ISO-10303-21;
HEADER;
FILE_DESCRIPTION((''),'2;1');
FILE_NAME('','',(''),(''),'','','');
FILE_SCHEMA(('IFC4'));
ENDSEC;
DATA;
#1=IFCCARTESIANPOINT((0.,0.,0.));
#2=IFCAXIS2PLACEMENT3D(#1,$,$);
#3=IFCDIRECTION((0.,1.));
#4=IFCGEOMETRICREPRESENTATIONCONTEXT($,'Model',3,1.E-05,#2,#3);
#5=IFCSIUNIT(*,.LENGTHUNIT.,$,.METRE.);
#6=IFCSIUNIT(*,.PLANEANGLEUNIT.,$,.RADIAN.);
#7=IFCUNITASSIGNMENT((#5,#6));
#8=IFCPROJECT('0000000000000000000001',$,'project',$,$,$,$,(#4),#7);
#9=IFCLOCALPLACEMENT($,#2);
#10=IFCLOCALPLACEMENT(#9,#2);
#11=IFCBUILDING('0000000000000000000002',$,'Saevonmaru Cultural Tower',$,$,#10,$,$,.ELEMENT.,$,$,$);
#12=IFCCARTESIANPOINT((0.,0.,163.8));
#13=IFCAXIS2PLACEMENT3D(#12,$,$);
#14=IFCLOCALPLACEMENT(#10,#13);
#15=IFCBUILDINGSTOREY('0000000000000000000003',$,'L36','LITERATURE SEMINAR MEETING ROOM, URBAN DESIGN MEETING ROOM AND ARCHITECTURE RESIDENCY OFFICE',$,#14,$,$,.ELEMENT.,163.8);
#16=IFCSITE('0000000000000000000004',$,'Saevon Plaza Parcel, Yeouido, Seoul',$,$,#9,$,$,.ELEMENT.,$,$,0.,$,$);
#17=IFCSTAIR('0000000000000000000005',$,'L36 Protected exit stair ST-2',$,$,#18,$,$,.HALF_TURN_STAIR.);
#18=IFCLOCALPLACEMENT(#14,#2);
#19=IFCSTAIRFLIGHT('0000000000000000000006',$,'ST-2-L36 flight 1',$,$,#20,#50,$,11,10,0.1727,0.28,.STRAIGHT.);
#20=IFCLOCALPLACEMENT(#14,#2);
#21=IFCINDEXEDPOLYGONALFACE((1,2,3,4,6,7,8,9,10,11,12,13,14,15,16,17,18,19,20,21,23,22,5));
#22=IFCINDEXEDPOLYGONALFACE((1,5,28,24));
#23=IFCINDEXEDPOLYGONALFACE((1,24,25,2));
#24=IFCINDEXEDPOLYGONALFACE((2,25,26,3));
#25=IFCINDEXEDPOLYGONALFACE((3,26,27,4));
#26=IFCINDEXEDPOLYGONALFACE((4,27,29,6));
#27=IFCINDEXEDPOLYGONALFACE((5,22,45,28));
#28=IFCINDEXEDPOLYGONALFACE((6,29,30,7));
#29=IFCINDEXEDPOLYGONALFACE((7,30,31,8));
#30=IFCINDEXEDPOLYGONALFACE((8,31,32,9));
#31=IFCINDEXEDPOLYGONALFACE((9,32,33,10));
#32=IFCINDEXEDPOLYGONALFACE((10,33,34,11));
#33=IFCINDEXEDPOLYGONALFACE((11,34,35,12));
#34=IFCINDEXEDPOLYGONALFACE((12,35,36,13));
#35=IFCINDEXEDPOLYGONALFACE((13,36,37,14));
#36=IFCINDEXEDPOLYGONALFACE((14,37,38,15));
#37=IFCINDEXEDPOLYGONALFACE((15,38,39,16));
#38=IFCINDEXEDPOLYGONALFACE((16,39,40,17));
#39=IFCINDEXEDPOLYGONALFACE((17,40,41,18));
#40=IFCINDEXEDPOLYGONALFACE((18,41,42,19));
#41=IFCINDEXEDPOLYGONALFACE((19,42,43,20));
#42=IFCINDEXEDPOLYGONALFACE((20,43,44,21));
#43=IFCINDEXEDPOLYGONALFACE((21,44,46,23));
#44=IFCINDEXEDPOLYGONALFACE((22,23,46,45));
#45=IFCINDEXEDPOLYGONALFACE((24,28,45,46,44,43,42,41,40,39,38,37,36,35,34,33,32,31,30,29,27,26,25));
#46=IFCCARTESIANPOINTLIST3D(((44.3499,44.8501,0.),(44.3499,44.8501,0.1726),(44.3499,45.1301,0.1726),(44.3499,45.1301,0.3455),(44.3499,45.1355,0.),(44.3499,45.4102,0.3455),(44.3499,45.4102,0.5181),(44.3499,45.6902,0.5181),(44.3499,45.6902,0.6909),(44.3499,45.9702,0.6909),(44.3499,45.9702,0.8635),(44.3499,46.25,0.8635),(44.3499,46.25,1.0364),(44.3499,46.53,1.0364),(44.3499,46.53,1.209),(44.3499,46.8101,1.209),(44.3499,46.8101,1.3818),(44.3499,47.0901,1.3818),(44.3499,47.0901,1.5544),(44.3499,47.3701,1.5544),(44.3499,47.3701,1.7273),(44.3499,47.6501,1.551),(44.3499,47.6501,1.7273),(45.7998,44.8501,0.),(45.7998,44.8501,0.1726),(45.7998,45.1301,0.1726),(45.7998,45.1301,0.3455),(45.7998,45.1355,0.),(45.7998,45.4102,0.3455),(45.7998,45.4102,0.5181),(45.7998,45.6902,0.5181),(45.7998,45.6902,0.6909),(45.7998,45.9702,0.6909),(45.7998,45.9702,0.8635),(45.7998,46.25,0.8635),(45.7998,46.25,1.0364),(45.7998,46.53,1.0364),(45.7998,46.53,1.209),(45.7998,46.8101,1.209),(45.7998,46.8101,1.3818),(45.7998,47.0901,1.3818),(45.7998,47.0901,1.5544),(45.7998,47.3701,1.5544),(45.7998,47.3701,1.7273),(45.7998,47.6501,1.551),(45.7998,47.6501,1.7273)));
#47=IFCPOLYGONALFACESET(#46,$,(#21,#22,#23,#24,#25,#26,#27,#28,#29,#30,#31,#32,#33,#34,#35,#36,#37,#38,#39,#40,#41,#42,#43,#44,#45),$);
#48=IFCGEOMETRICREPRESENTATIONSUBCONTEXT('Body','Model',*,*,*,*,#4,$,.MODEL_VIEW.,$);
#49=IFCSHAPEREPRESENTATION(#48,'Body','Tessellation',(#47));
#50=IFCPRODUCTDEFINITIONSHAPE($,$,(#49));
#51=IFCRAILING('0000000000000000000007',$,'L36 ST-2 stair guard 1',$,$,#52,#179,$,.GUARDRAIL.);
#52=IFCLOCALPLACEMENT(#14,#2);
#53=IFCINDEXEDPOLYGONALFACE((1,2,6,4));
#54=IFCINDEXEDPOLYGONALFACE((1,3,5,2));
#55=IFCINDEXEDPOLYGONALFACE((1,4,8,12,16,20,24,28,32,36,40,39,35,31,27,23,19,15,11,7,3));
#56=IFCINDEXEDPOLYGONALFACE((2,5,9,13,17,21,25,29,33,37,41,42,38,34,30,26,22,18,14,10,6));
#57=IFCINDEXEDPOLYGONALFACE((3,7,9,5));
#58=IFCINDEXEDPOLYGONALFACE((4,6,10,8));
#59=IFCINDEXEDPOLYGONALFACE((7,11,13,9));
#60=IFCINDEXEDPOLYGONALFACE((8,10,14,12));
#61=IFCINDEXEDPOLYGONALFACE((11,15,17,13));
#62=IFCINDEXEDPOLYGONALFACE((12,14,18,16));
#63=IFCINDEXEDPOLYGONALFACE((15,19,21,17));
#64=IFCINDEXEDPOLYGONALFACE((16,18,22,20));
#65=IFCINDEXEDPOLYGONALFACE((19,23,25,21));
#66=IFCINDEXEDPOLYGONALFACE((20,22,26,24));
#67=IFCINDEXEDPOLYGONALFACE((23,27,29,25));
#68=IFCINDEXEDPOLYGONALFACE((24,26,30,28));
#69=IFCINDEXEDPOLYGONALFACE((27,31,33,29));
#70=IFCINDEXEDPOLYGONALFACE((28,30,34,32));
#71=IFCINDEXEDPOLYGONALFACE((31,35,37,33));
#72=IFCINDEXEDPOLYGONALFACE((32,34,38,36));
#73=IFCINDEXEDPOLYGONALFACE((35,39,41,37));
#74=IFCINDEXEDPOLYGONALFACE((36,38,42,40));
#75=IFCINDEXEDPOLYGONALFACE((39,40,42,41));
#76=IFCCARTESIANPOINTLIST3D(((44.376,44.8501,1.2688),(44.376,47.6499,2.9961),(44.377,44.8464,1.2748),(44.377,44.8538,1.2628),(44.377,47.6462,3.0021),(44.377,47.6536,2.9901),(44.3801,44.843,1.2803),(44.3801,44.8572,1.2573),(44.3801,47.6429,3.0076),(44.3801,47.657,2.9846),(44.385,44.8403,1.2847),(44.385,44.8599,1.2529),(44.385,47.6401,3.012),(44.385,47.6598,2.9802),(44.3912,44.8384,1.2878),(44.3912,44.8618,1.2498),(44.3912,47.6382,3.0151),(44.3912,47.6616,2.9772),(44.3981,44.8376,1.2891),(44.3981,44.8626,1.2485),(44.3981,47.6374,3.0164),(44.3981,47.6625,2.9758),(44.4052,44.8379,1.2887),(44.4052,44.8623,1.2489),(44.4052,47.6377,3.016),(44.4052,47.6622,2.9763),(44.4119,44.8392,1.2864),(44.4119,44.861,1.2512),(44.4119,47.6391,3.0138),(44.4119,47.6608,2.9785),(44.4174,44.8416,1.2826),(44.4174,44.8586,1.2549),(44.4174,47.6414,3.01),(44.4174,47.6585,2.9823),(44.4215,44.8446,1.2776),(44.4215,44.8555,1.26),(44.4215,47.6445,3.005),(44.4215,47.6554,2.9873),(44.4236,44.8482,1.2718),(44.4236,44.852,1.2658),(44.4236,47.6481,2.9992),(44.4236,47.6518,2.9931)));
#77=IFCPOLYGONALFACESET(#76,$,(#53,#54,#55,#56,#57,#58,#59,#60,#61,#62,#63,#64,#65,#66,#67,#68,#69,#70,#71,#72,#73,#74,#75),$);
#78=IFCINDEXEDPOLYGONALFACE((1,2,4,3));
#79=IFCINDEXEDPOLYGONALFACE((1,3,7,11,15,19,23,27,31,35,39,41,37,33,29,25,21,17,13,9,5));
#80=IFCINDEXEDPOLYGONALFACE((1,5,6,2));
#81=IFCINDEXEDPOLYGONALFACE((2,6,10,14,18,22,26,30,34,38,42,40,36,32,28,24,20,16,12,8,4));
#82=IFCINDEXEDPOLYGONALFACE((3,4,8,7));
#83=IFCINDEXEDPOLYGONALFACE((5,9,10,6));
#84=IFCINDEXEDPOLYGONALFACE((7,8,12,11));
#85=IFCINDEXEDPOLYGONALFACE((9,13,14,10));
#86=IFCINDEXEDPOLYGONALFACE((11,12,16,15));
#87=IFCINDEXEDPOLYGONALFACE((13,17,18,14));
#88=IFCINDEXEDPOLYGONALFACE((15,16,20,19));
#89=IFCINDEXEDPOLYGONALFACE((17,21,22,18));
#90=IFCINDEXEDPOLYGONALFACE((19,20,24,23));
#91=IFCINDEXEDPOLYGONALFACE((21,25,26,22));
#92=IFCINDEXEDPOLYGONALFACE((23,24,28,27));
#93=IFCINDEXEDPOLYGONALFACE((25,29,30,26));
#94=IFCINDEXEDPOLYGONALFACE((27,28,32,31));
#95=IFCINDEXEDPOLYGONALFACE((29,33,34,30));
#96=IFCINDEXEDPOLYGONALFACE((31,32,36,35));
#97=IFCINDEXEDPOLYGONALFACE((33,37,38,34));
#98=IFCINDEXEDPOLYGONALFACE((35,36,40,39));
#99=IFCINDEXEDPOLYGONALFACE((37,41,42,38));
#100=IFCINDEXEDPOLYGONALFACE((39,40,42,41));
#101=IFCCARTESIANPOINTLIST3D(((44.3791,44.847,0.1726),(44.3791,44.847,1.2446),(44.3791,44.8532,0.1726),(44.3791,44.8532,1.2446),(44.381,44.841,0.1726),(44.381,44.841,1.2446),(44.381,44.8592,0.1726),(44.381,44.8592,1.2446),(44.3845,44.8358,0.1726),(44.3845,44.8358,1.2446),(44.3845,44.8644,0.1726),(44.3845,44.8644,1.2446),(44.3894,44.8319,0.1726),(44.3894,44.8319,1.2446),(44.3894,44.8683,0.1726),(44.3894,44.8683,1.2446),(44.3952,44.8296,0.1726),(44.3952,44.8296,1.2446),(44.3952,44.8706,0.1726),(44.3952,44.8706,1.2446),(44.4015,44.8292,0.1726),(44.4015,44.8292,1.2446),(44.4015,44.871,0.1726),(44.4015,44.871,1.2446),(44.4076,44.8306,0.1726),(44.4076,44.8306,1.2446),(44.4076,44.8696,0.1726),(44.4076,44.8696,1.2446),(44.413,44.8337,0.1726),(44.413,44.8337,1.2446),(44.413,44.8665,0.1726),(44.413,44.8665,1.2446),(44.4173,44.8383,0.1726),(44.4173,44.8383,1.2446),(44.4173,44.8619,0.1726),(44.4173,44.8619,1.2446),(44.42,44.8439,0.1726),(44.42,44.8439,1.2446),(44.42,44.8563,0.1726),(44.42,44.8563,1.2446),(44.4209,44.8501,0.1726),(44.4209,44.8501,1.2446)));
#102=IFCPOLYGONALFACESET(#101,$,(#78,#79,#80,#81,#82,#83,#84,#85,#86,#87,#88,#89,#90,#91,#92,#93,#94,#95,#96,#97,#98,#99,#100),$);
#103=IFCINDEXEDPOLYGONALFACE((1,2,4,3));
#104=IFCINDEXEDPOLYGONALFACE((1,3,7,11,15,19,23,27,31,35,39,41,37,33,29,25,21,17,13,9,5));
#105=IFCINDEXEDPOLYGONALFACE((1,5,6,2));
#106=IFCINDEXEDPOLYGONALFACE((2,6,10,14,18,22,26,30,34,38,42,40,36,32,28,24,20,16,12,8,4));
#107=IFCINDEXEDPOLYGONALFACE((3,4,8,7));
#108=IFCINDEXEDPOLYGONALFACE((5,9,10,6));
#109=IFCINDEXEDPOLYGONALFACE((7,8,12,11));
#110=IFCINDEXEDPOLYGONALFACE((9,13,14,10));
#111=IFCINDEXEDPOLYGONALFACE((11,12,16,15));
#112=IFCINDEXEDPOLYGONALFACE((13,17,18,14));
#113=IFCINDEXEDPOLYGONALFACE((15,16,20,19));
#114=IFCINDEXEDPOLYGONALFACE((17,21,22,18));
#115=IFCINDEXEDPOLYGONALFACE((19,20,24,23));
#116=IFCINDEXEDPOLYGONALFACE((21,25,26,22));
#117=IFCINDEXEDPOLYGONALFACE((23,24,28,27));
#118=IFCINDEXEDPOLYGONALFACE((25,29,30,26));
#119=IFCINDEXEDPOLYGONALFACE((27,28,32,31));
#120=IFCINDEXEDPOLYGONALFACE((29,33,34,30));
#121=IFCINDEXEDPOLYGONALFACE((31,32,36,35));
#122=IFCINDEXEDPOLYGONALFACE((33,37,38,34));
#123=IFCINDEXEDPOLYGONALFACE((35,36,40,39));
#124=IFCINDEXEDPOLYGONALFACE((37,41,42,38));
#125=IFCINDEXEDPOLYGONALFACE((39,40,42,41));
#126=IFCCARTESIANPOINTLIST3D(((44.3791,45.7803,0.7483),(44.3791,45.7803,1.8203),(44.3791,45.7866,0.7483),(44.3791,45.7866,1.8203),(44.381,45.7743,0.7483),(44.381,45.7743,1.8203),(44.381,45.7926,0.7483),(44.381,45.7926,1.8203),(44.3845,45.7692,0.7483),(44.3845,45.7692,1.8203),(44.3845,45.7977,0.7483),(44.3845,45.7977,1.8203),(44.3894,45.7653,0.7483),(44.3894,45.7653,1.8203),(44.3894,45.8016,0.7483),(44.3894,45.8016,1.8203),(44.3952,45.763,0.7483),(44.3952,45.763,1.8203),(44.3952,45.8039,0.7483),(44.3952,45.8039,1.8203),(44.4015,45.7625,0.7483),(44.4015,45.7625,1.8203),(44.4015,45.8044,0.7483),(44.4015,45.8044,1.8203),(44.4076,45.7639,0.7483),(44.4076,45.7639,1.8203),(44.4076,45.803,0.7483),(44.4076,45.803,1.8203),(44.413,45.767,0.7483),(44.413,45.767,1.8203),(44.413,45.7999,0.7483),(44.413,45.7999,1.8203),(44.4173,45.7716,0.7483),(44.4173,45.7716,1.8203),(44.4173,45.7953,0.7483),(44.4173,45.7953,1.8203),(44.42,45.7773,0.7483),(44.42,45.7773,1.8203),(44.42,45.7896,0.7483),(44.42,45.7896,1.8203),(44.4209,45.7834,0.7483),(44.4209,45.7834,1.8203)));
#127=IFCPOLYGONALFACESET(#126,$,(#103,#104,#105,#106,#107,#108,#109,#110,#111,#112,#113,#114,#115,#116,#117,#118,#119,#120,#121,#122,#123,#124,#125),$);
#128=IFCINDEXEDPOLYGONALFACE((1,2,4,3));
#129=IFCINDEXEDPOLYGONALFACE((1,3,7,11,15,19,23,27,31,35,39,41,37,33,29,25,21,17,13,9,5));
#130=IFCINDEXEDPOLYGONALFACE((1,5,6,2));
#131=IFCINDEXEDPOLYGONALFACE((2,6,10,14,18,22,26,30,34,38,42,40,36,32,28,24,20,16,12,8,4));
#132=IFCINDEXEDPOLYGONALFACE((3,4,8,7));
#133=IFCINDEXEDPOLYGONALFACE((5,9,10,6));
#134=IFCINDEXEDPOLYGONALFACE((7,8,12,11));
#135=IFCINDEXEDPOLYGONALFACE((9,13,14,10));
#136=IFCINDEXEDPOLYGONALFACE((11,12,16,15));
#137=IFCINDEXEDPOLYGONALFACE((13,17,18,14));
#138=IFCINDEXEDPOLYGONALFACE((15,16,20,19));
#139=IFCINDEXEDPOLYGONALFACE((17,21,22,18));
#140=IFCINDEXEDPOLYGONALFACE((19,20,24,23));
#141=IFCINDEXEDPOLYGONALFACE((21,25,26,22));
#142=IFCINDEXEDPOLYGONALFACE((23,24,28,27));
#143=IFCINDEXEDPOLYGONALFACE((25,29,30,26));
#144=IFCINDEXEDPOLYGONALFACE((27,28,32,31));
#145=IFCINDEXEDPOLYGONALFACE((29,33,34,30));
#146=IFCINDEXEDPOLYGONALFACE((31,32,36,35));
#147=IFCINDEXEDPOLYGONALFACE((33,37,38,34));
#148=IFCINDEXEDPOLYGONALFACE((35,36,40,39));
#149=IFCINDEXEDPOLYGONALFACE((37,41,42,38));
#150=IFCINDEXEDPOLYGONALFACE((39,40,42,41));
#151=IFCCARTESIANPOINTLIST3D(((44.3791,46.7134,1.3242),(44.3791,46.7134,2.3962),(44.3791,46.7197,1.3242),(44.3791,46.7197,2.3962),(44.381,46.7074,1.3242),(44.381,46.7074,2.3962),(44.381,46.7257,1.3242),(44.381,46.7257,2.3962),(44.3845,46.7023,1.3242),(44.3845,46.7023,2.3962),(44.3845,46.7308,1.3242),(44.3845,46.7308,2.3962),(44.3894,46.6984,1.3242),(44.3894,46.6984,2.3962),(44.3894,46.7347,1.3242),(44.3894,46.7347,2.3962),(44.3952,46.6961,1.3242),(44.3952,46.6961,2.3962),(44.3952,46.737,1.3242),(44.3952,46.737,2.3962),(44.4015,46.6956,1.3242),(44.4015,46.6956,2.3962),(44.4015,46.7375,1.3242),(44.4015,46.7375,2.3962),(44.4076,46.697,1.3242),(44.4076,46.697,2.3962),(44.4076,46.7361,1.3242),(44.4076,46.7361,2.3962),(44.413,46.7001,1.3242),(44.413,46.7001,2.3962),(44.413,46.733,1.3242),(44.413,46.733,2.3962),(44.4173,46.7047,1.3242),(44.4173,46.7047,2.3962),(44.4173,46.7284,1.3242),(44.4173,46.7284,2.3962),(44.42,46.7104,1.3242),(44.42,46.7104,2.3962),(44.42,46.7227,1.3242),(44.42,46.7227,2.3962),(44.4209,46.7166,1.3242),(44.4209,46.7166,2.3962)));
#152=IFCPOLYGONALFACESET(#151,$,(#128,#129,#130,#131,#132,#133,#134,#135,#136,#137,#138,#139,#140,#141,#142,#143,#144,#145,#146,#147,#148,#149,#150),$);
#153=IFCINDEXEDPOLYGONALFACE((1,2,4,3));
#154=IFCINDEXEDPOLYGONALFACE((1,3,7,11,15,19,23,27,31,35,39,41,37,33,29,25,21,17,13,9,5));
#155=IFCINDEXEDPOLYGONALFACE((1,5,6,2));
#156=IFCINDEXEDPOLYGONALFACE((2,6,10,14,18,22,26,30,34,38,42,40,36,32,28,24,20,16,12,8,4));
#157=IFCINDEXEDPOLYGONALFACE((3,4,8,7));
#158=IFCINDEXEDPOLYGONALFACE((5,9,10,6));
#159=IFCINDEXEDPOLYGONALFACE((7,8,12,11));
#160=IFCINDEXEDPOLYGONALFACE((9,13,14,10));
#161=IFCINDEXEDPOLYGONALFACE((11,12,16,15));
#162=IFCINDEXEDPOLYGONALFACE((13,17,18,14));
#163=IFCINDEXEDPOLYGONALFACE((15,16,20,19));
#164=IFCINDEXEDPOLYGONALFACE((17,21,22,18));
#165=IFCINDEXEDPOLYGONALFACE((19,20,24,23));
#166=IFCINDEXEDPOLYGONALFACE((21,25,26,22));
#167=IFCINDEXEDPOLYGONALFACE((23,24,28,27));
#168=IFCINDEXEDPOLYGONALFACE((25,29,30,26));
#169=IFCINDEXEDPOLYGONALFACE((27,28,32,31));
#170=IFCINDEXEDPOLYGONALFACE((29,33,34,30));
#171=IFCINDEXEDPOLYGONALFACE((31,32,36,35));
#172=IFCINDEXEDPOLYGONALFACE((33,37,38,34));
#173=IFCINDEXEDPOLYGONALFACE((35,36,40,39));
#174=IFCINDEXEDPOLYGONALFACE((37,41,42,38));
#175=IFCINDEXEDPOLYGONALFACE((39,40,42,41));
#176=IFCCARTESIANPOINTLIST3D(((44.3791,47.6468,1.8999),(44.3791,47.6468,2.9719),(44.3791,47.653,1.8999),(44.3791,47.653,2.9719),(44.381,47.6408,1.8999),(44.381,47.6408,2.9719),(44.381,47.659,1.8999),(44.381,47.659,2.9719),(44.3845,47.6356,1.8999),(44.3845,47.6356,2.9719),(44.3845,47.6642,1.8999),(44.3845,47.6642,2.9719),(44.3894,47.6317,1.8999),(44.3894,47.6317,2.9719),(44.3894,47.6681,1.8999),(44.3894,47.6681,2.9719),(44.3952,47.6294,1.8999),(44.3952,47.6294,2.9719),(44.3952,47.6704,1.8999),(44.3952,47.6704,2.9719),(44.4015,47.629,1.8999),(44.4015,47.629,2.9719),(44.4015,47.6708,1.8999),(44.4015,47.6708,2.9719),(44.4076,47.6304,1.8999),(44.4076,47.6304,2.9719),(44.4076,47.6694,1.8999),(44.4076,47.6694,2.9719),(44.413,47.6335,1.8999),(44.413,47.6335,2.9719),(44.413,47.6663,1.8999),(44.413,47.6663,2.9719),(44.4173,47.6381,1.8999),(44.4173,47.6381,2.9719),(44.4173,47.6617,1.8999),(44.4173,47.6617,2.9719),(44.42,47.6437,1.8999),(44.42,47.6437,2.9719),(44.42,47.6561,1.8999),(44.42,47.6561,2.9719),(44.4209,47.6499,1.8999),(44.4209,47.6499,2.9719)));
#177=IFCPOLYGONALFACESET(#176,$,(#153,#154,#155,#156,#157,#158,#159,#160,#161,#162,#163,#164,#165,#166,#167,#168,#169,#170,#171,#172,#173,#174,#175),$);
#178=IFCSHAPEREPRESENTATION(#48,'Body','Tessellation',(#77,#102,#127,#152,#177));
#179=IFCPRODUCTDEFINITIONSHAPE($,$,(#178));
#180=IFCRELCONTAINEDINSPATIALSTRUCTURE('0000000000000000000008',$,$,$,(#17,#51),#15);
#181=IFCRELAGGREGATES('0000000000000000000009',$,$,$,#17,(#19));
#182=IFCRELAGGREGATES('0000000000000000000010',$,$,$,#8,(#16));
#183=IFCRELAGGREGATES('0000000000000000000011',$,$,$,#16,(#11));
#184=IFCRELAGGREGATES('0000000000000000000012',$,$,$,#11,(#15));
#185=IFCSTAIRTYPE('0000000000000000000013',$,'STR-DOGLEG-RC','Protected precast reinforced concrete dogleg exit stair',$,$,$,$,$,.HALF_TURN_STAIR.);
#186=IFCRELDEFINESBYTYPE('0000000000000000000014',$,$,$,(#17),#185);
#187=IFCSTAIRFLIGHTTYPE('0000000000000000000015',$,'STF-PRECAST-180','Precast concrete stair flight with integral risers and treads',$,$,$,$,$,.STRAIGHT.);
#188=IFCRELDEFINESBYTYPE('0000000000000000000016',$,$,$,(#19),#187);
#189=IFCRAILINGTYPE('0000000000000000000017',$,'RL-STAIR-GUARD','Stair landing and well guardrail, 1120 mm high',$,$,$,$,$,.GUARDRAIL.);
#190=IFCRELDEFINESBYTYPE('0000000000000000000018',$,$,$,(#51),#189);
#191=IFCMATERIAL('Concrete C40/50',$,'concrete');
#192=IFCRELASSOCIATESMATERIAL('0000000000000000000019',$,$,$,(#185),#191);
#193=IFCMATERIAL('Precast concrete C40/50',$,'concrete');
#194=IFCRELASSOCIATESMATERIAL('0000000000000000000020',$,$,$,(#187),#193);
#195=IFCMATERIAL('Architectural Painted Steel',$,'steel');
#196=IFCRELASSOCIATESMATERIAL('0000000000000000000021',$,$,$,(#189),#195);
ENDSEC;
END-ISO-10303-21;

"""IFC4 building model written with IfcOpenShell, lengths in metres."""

from ifc_helpers import new_model, si_unit, direction, frame, origin, origin_2d, place, context, subcontext, project, spatial, polyline, circle, outline, extrude, material, type_object, element, aggregate, save


model = new_model("IFC4")

# Units and contexts
model_context = context("Model", 3, precision=1e-05, world=origin(), true_north=direction((0.0, 1.0)))
body_context = subcontext(model_context, "Body", "Model", "MODEL_VIEW")
ifc_project = project(units=[si_unit("LENGTHUNIT", "METRE"), si_unit("PLANEANGLEUNIT", "RADIAN")], contexts=[model_context])

# Site, building, storey
site_placement = place(None, origin())
site = spatial("IfcSite", under=ifc_project, at=site_placement, Name="Saevon Plaza Parcel, Yeouido, Seoul", CompositionType="ELEMENT", RefElevation=0.0)
building_placement = place(site_placement, origin())
building = spatial("IfcBuilding", under=site, at=building_placement, Name="Saevonmaru Cultural Tower", CompositionType="ELEMENT")
storey_placement = place(building_placement, frame((0.0, 0.0, 163.8)))
storey = spatial("IfcBuildingStorey", under=building, at=storey_placement, Name="L36", Description="LITERATURE SEMINAR MEETING ROOM, URBAN DESIGN MEETING ROOM AND ARCHITECTURE RESIDENCY OFFICE", CompositionType="ELEMENT", Elevation=163.8)

# Stair, stair flight
ifc_material_1 = material(Name="Concrete C40/50", Category="concrete")
stair_type = type_object("IfcStairType", Name="STR-DOGLEG-RC", Description="Protected precast reinforced concrete dogleg exit stair", PredefinedType="HALF_TURN_STAIR", material=ifc_material_1)
stair_placement = place(storey_placement, origin())
stair = element("IfcStair", 1, at=stair_placement, inside=storey, type_object=stair_type, Name="L36 Protected exit stair ST-2", PredefinedType="HALF_TURN_STAIR")
ifc_material_2 = material(Name="Precast concrete C40/50", Category="concrete")
stair_flight_type = type_object("IfcStairFlightType", Name="STF-PRECAST-180", Description="Precast concrete stair flight with integral risers and treads", PredefinedType="STRAIGHT", material=ifc_material_2)
stair_flight_placement = place(storey_placement, frame((45.075, 44.8501, 0.0), z_axis=(0.0, 0.0, 1.0), x_axis=(0.0, 1.0, 0.0)))
stair_flight = element("IfcStairFlight", 2, at=stair_flight_placement, type_object=stair_flight_type, Name="ST-2-L36 flight 1", NumberOfRisers=11, NumberOfTreads=10, PredefinedType="STRAIGHT", RiserHeight=0.1727, TreadLength=0.28, context=body_context, shape_type="SweptSolid", body=[
    extrude(outline(polyline([(0.0, 0.0), (0.0, 0.1726), (0.28, 0.1726), (0.28, 0.3455), (0.5601, 0.3455), (0.5601, 0.5181), (0.8401, 0.5181), (0.8401, 0.6909), (1.1201, 0.6909), (1.1201, 0.8635), (1.3999, 0.8635), (1.3999, 1.0364), (1.6799, 1.0364), (1.6799, 1.209), (1.96, 1.209), (1.96, 1.3818), (2.24, 1.3818), (2.24, 1.5544), (2.52, 1.5544), (2.52, 1.7273), (2.8, 1.7273), (2.8, 1.8999), (2.8, 1.551), (0.2854, 0.0), (0.0, 0.0)])), frame((0.0, 0.7251, 0.0), z_axis=(0.0, -1.0, 0.0), x_axis=(1.0, 0.0, 0.0)), (0.0, 0.0, 1.0), 1.45),
])
aggregate(stair, [stair_flight])

# Railing
ifc_material_3 = material(Name="Architectural Painted Steel", Category="steel")
railing_type_1 = type_object("IfcRailingType", Name="RL-STAIR-GUARD", Description="Stair landing and well guardrail, 1120 mm high", PredefinedType="GUARDRAIL", material=ifc_material_3)
railing_1_placement = place(storey_placement, frame((44.3999, 44.8501, 0.1726)))
element("IfcRailing", 3, at=railing_1_placement, inside=storey, type_object=railing_type_1, Name="L36 ST-2 stair guard 1", PredefinedType="GUARDRAIL", context=body_context, shape_type="SweptSolid", body=[
    extrude(circle(Radius=0.0239, at=origin_2d()), frame((0.0, 0.0, 1.0962), z_axis=(0.0, 0.851069, 0.525054), x_axis=(-1.0, 0.0, 0.0)), (0.0, 0.0, 1.0), 3.2898),
    extrude(circle(Radius=0.021, at=origin_2d()), origin(), (0.0, 0.0, 1.0), 1.072),
    extrude(circle(Radius=0.021, at=origin_2d()), frame((0.0, 0.9333, 0.5757)), (0.0, 0.0, 1.0), 1.072),
    extrude(circle(Radius=0.021, at=origin_2d()), frame((0.0, 1.8665, 1.1516)), (0.0, 0.0, 1.0), 1.072),
    extrude(circle(Radius=0.021, at=origin_2d()), frame((0.0, 2.7998, 1.7273)), (0.0, 0.0, 1.0), 1.072),
])

save(model, "model.ifc")
